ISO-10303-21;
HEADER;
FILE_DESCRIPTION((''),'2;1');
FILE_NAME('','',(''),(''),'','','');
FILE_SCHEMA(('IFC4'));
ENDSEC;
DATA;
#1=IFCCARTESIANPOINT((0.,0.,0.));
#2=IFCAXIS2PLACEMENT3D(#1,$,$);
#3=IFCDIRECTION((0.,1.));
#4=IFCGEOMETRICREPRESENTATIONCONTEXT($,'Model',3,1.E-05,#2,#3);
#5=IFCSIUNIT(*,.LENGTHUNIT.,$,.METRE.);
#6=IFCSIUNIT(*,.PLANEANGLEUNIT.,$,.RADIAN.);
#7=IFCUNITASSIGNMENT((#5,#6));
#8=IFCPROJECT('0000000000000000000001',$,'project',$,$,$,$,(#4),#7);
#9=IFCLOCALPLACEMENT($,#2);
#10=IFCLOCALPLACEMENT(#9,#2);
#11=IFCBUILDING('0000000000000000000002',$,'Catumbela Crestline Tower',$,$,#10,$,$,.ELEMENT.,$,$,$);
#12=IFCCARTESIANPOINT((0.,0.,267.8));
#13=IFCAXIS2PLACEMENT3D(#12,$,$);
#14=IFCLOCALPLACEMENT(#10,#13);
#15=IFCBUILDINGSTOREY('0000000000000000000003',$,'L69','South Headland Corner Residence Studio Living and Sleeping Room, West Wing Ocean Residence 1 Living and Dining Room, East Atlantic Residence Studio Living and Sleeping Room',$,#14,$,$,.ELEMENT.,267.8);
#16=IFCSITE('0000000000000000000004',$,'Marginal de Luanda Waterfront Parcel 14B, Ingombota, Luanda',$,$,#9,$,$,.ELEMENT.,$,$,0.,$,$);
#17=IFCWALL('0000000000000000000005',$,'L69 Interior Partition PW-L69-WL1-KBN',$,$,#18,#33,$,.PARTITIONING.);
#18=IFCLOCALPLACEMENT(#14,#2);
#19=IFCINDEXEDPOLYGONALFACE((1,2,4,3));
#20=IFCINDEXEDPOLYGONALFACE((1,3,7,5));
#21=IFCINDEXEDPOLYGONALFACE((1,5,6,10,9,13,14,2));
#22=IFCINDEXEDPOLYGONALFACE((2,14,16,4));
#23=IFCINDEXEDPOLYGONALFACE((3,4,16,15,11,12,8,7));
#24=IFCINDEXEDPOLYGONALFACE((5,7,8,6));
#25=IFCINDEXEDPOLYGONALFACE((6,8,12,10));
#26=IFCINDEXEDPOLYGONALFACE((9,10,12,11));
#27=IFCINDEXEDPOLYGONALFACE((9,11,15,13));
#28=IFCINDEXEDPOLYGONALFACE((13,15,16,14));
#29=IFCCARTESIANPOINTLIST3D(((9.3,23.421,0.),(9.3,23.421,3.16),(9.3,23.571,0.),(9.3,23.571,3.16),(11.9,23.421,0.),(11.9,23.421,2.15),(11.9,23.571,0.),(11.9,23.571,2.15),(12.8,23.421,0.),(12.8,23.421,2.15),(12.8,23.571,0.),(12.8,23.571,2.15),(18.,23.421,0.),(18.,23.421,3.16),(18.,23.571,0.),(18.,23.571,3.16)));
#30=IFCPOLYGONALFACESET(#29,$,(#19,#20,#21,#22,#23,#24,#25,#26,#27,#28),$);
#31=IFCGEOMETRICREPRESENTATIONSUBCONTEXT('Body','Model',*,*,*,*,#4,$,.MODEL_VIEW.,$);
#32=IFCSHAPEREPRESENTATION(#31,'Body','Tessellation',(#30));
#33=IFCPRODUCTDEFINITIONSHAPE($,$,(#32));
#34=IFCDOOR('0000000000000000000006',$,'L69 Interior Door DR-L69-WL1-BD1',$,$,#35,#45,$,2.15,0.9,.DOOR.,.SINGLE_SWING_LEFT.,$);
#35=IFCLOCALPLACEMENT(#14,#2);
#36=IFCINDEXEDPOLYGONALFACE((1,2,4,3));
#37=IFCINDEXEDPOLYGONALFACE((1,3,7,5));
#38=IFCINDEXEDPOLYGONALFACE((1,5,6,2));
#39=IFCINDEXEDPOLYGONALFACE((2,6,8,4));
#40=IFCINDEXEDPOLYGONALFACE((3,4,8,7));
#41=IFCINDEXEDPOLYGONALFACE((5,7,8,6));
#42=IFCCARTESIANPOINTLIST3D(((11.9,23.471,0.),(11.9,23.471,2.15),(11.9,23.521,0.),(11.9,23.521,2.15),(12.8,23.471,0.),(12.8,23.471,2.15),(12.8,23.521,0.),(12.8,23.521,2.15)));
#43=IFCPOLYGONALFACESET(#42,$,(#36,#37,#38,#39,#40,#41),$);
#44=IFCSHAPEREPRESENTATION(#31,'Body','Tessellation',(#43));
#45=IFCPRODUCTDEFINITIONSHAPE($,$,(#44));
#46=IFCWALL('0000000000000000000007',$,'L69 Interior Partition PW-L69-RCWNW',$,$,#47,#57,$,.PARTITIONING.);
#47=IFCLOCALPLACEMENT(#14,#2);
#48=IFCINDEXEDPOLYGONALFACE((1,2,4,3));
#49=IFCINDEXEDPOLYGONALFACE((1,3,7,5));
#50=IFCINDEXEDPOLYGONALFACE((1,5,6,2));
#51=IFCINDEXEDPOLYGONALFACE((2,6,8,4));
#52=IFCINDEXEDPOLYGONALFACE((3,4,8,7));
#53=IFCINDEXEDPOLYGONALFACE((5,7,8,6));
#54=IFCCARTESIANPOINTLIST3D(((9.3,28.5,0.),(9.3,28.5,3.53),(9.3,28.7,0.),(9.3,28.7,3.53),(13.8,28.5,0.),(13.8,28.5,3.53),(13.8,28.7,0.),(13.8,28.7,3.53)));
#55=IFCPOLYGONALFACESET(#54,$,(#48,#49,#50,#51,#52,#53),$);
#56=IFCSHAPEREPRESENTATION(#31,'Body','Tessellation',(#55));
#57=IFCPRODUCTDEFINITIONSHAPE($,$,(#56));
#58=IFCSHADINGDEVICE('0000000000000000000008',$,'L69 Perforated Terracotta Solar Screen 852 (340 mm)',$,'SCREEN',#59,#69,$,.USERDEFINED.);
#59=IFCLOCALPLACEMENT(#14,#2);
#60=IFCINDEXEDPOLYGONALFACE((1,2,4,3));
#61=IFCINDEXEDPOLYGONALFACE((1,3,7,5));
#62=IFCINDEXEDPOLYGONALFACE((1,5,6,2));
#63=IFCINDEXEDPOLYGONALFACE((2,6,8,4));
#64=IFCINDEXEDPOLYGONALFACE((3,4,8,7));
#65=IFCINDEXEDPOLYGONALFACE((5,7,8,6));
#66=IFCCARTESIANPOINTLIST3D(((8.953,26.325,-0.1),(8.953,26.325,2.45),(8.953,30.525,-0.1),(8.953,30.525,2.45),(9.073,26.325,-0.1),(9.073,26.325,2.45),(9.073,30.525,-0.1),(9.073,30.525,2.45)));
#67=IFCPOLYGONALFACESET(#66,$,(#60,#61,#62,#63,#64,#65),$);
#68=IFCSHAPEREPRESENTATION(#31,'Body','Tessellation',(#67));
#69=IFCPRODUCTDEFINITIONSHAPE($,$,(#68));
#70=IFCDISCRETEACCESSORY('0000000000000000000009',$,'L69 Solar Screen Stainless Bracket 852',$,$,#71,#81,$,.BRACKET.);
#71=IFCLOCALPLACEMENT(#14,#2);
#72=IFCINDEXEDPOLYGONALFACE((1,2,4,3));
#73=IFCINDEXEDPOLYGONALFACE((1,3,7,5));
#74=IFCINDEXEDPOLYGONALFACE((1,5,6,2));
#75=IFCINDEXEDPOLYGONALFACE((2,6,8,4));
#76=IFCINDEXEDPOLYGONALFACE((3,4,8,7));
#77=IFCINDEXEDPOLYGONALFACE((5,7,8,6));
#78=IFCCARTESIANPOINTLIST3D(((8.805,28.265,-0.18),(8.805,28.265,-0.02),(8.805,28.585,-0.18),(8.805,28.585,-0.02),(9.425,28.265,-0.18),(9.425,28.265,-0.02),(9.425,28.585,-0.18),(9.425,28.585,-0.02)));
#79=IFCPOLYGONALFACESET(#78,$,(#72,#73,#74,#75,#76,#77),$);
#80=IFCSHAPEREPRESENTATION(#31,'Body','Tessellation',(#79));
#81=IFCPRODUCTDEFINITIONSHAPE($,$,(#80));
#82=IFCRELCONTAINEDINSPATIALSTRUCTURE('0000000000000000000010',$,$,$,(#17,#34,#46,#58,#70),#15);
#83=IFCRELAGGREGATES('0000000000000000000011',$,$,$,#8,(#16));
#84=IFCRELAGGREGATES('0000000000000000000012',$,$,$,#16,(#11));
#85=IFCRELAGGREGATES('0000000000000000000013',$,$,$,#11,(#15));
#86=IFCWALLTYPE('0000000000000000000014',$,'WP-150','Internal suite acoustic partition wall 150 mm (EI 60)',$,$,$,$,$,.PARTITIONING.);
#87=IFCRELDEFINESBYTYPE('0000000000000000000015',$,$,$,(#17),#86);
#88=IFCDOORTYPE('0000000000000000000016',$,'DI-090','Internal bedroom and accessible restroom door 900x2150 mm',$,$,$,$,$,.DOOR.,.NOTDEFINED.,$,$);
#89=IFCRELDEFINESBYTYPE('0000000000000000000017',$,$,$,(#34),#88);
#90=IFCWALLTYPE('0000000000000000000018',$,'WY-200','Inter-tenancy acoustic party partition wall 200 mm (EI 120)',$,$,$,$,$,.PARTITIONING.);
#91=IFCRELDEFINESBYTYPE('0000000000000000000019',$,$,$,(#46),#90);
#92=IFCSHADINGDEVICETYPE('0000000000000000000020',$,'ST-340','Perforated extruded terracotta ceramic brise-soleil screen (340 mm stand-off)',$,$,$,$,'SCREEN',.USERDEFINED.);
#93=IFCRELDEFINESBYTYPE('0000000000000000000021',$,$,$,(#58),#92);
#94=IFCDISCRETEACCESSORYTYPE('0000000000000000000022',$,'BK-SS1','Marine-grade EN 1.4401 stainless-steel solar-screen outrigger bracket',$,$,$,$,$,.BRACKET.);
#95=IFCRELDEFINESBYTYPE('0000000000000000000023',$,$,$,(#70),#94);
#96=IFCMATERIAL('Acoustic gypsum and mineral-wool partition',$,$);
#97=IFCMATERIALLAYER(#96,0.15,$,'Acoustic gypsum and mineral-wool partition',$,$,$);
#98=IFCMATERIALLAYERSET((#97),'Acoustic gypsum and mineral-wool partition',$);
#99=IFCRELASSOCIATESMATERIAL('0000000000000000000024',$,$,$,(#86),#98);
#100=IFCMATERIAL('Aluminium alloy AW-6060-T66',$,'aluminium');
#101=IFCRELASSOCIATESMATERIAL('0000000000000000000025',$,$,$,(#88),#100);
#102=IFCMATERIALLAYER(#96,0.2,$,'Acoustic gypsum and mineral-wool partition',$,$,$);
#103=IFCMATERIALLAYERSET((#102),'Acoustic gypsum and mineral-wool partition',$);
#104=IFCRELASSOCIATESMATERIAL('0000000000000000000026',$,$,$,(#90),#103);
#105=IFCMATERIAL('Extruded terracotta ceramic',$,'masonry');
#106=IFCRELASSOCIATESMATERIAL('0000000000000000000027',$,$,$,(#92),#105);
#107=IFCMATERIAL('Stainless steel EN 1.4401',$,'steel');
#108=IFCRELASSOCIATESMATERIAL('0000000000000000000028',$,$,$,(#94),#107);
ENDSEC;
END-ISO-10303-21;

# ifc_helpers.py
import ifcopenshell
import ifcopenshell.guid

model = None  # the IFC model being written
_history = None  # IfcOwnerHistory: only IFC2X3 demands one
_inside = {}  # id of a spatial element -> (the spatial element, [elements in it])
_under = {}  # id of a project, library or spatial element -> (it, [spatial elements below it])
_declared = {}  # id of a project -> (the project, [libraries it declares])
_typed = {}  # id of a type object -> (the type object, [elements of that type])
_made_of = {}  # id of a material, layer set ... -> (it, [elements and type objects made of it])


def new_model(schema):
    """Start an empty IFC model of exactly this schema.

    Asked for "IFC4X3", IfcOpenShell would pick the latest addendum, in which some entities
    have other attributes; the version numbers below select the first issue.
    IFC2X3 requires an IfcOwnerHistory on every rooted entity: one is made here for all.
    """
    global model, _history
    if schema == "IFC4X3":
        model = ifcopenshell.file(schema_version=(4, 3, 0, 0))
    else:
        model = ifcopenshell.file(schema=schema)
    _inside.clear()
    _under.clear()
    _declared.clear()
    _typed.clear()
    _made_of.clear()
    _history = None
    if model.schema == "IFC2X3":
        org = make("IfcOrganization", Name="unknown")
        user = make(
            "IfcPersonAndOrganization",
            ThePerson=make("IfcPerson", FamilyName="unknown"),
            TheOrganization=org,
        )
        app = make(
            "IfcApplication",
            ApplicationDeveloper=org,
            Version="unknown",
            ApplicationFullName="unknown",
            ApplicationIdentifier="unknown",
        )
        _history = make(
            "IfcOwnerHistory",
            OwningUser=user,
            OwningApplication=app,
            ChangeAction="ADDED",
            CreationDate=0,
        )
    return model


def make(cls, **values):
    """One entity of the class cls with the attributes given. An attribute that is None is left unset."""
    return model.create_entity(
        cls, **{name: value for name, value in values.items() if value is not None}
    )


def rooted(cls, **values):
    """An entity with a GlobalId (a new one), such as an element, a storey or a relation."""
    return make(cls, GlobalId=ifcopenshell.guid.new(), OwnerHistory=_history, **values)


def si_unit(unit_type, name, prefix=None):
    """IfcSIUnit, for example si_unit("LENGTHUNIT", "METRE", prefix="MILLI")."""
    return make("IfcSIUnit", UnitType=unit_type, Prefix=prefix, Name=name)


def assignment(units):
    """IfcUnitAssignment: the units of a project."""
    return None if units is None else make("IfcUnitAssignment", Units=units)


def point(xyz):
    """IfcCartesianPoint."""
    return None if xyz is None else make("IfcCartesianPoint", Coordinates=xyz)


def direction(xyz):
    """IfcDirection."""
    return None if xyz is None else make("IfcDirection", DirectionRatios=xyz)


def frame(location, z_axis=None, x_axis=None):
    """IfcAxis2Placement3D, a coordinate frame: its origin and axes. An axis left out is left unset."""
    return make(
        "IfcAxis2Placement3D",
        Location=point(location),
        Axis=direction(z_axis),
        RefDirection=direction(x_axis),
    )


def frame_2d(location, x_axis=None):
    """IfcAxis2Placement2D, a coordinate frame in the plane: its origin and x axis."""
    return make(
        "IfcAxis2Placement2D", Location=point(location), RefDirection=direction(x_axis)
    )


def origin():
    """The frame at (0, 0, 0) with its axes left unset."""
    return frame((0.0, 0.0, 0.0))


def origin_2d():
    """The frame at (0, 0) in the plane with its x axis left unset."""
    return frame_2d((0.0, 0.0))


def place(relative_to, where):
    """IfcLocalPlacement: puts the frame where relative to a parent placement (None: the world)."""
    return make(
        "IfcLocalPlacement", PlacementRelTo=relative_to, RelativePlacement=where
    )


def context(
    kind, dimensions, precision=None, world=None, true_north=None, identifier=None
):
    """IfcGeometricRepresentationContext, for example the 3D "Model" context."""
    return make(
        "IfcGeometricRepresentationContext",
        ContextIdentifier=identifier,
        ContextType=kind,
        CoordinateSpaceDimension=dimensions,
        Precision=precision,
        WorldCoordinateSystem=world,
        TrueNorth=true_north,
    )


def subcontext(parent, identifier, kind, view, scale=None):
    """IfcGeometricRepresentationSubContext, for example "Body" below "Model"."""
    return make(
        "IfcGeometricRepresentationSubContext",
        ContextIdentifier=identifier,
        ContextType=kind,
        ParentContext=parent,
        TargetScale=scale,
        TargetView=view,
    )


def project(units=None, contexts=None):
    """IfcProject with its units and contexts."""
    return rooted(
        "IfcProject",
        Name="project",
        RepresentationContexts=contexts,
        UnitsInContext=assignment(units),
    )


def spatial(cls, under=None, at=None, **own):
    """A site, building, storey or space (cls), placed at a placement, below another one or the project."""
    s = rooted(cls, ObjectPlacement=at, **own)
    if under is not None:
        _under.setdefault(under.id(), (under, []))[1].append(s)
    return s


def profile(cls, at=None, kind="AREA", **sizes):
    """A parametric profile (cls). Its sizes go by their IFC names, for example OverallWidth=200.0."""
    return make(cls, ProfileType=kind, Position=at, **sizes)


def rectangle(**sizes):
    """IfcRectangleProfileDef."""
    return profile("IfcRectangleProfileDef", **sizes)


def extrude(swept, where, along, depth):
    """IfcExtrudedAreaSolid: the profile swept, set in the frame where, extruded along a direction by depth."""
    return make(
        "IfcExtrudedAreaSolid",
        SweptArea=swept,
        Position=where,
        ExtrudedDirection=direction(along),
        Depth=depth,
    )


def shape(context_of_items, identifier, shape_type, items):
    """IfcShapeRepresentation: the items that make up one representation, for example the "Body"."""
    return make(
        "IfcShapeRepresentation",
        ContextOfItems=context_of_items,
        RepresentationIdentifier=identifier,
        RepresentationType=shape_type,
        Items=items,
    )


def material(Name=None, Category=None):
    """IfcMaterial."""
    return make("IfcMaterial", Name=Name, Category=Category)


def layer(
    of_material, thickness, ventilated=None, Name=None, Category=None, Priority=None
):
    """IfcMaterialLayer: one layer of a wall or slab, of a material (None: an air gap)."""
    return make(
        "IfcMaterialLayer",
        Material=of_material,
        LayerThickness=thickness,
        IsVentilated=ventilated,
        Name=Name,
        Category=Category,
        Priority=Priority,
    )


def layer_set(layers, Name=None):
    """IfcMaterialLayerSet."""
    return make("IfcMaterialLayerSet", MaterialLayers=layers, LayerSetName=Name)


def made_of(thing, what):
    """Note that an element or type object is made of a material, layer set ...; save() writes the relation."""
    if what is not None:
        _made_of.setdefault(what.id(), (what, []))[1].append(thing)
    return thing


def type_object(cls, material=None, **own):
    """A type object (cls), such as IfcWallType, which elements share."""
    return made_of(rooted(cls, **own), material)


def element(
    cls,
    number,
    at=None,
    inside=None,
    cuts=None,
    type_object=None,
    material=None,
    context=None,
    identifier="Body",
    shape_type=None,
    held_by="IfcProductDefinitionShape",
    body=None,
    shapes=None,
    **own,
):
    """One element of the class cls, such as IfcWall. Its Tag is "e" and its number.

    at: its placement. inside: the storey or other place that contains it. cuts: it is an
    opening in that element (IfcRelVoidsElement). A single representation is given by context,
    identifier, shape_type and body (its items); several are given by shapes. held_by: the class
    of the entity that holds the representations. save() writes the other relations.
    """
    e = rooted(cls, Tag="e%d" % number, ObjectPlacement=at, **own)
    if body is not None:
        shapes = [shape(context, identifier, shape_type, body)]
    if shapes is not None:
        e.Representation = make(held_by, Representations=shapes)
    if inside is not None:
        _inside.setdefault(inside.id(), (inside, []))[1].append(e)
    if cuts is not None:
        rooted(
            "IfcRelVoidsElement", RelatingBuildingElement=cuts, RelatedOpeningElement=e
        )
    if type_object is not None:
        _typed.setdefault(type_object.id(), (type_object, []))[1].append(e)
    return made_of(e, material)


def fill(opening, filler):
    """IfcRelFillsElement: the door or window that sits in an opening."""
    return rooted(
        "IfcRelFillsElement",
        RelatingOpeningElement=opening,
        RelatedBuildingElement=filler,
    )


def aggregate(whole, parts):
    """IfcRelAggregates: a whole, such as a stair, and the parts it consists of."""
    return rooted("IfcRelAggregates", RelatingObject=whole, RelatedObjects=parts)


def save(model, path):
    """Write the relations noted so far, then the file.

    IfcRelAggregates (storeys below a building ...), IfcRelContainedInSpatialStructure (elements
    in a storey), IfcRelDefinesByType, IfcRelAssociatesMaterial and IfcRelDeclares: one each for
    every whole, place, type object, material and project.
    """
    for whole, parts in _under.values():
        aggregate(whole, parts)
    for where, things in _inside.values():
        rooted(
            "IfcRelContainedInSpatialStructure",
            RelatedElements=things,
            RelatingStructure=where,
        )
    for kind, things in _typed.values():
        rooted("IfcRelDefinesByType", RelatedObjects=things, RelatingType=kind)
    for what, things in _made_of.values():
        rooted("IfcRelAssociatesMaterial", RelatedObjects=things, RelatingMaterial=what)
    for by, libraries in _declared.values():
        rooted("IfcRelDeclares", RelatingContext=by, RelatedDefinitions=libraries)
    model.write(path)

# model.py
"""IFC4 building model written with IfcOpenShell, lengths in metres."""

from ifc_helpers import new_model, si_unit, direction, frame, frame_2d, origin, origin_2d, place, context, subcontext, project, spatial, rectangle, extrude, material, layer, layer_set, type_object, element, fill, save


model = new_model("IFC4")

# Units and contexts
model_context = context("Model", 3, precision=1e-05, world=origin(), true_north=direction((0.0, 1.0)))
body_context = subcontext(model_context, "Body", "Model", "MODEL_VIEW")
ifc_project = project(units=[si_unit("LENGTHUNIT", "METRE"), si_unit("PLANEANGLEUNIT", "RADIAN")], contexts=[model_context])

# Site, building, storey
site_placement = place(None, origin())
site = spatial("IfcSite", under=ifc_project, at=site_placement, Name="Marginal de Luanda Waterfront Parcel 14B, Ingombota, Luanda", CompositionType="ELEMENT", RefElevation=0.0)
building_placement = place(site_placement, origin())
building = spatial("IfcBuilding", under=site, at=building_placement, Name="Catumbela Crestline Tower", CompositionType="ELEMENT")
storey_placement = place(building_placement, frame((0.0, 0.0, 267.8)))
storey = spatial("IfcBuildingStorey", under=building, at=storey_placement, Name="L69", Description="South Headland Corner Residence Studio Living and Sleeping Room, West Wing Ocean Residence 1 Living and Dining Room, East Atlantic Residence Studio Living and Sleeping Room", CompositionType="ELEMENT", Elevation=267.8)

# Shared definitions
ifc_material_1 = material(Name="Aluminium alloy AW-6060-T66", Category="aluminium")

# Wall, opening, door
ifc_material_2 = material(Name="Acoustic gypsum and mineral-wool partition")
ifc_layer_1 = layer(ifc_material_2, 0.15, Name="Acoustic gypsum and mineral-wool partition")
ifc_layer_set_1 = layer_set([ifc_layer_1], Name="Acoustic gypsum and mineral-wool partition")
wall_type_1 = type_object("IfcWallType", Name="WP-150", Description="Internal suite acoustic partition wall 150 mm (EI 60)", PredefinedType="PARTITIONING", material=ifc_layer_set_1)
wall_1_placement = place(storey_placement, frame((9.3, 23.496, 0.0), z_axis=(0.0, 0.0, 1.0), x_axis=(1.0, 0.0, 0.0)))
wall_1 = element("IfcWall", 1, at=wall_1_placement, inside=storey, type_object=wall_type_1, Name="L69 Interior Partition PW-L69-WL1-KBN", PredefinedType="PARTITIONING", context=body_context, shape_type="SweptSolid", body=[
    extrude(rectangle(XDim=8.7, YDim=0.15, at=frame_2d((4.35, 0.0))), origin(), (0.0, 0.0, 1.0), 3.16),
])
opening_placement = place(wall_1_placement, frame((2.6, 0.0, 0.0)))
opening = element("IfcOpeningElement", 2, at=opening_placement, cuts=wall_1, PredefinedType="OPENING", context=body_context, shape_type="SweptSolid", body=[
    extrude(rectangle(XDim=0.9, YDim=2.15, at=frame_2d((0.45, 1.075))), frame((0.0, 0.085, 0.0), z_axis=(0.0, -1.0, 0.0), x_axis=(1.0, 0.0, 0.0)), (0.0, 0.0, 1.0), 0.17),
])
door_type = type_object("IfcDoorType", Name="DI-090", Description="Internal bedroom and accessible restroom door 900x2150 mm", OperationType="NOTDEFINED", PredefinedType="DOOR", material=ifc_material_1)
door_placement = place(opening_placement, origin())
door = element("IfcDoor", 3, at=door_placement, inside=storey, type_object=door_type, Name="L69 Interior Door DR-L69-WL1-BD1", OperationType="SINGLE_SWING_LEFT", OverallHeight=2.15, OverallWidth=0.9, PredefinedType="DOOR", context=body_context, shape_type="SweptSolid", body=[
    extrude(rectangle(XDim=0.9, YDim=2.15, at=frame_2d((0.45, 1.075))), frame((0.0, 0.025, 0.0), z_axis=(0.0, -1.0, 0.0), x_axis=(1.0, 0.0, 0.0)), (0.0, 0.0, 1.0), 0.05),
])
fill(opening, door)

# Wall
ifc_layer_2 = layer(ifc_material_2, 0.2, Name="Acoustic gypsum and mineral-wool partition")
ifc_layer_set_2 = layer_set([ifc_layer_2], Name="Acoustic gypsum and mineral-wool partition")
wall_type_2 = type_object("IfcWallType", Name="WY-200", Description="Inter-tenancy acoustic party partition wall 200 mm (EI 120)", PredefinedType="PARTITIONING", material=ifc_layer_set_2)
wall_2_placement = place(storey_placement, frame((9.3, 28.6, 0.0), z_axis=(0.0, 0.0, 1.0), x_axis=(1.0, 0.0, 0.0)))
element("IfcWall", 4, at=wall_2_placement, inside=storey, type_object=wall_type_2, Name="L69 Interior Partition PW-L69-RCWNW", PredefinedType="PARTITIONING", context=body_context, shape_type="SweptSolid", body=[
    extrude(rectangle(XDim=4.5, YDim=0.2, at=frame_2d((2.25, 0.0))), origin(), (0.0, 0.0, 1.0), 3.53),
])

# Shading device
ifc_material_3 = material(Name="Extruded terracotta ceramic", Category="masonry")
shading_device_type = type_object("IfcShadingDeviceType", Name="ST-340", Description="Perforated extruded terracotta ceramic brise-soleil screen (340 mm stand-off)", ElementType="SCREEN", PredefinedType="USERDEFINED", material=ifc_material_3)
shading_device_placement = place(storey_placement, frame((9.013, 28.425, -0.1), z_axis=(0.0, 0.0, 1.0), x_axis=(0.0, -1.0, 0.0)))
element("IfcShadingDevice", 5, at=shading_device_placement, inside=storey, type_object=shading_device_type, Name="L69 Perforated Terracotta Solar Screen 852 (340 mm)", ObjectType="SCREEN", PredefinedType="USERDEFINED", context=body_context, shape_type="SweptSolid", body=[
    extrude(rectangle(XDim=4.2, YDim=0.12, at=origin_2d()), origin(), (0.0, 0.0, 1.0), 2.55),
])

# Discrete accessory
ifc_material_4 = material(Name="Stainless steel EN 1.4401", Category="steel")
discrete_accessory_type = type_object("IfcDiscreteAccessoryType", Name="BK-SS1", Description="Marine-grade EN 1.4401 stainless-steel solar-screen outrigger bracket", PredefinedType="BRACKET", material=ifc_material_4)
discrete_accessory_placement = place(storey_placement, frame((9.115, 28.425, -0.18), z_axis=(0.0, 0.0, 1.0), x_axis=(0.0, -1.0, 0.0)))
element("IfcDiscreteAccessory", 6, at=discrete_accessory_placement, inside=storey, type_object=discrete_accessory_type, Name="L69 Solar Screen Stainless Bracket 852", PredefinedType="BRACKET", context=body_context, shape_type="SweptSolid", body=[
    extrude(rectangle(XDim=0.32, YDim=0.62, at=origin_2d()), origin(), (0.0, 0.0, 1.0), 0.16),
])

save(model, "model.ifc")
